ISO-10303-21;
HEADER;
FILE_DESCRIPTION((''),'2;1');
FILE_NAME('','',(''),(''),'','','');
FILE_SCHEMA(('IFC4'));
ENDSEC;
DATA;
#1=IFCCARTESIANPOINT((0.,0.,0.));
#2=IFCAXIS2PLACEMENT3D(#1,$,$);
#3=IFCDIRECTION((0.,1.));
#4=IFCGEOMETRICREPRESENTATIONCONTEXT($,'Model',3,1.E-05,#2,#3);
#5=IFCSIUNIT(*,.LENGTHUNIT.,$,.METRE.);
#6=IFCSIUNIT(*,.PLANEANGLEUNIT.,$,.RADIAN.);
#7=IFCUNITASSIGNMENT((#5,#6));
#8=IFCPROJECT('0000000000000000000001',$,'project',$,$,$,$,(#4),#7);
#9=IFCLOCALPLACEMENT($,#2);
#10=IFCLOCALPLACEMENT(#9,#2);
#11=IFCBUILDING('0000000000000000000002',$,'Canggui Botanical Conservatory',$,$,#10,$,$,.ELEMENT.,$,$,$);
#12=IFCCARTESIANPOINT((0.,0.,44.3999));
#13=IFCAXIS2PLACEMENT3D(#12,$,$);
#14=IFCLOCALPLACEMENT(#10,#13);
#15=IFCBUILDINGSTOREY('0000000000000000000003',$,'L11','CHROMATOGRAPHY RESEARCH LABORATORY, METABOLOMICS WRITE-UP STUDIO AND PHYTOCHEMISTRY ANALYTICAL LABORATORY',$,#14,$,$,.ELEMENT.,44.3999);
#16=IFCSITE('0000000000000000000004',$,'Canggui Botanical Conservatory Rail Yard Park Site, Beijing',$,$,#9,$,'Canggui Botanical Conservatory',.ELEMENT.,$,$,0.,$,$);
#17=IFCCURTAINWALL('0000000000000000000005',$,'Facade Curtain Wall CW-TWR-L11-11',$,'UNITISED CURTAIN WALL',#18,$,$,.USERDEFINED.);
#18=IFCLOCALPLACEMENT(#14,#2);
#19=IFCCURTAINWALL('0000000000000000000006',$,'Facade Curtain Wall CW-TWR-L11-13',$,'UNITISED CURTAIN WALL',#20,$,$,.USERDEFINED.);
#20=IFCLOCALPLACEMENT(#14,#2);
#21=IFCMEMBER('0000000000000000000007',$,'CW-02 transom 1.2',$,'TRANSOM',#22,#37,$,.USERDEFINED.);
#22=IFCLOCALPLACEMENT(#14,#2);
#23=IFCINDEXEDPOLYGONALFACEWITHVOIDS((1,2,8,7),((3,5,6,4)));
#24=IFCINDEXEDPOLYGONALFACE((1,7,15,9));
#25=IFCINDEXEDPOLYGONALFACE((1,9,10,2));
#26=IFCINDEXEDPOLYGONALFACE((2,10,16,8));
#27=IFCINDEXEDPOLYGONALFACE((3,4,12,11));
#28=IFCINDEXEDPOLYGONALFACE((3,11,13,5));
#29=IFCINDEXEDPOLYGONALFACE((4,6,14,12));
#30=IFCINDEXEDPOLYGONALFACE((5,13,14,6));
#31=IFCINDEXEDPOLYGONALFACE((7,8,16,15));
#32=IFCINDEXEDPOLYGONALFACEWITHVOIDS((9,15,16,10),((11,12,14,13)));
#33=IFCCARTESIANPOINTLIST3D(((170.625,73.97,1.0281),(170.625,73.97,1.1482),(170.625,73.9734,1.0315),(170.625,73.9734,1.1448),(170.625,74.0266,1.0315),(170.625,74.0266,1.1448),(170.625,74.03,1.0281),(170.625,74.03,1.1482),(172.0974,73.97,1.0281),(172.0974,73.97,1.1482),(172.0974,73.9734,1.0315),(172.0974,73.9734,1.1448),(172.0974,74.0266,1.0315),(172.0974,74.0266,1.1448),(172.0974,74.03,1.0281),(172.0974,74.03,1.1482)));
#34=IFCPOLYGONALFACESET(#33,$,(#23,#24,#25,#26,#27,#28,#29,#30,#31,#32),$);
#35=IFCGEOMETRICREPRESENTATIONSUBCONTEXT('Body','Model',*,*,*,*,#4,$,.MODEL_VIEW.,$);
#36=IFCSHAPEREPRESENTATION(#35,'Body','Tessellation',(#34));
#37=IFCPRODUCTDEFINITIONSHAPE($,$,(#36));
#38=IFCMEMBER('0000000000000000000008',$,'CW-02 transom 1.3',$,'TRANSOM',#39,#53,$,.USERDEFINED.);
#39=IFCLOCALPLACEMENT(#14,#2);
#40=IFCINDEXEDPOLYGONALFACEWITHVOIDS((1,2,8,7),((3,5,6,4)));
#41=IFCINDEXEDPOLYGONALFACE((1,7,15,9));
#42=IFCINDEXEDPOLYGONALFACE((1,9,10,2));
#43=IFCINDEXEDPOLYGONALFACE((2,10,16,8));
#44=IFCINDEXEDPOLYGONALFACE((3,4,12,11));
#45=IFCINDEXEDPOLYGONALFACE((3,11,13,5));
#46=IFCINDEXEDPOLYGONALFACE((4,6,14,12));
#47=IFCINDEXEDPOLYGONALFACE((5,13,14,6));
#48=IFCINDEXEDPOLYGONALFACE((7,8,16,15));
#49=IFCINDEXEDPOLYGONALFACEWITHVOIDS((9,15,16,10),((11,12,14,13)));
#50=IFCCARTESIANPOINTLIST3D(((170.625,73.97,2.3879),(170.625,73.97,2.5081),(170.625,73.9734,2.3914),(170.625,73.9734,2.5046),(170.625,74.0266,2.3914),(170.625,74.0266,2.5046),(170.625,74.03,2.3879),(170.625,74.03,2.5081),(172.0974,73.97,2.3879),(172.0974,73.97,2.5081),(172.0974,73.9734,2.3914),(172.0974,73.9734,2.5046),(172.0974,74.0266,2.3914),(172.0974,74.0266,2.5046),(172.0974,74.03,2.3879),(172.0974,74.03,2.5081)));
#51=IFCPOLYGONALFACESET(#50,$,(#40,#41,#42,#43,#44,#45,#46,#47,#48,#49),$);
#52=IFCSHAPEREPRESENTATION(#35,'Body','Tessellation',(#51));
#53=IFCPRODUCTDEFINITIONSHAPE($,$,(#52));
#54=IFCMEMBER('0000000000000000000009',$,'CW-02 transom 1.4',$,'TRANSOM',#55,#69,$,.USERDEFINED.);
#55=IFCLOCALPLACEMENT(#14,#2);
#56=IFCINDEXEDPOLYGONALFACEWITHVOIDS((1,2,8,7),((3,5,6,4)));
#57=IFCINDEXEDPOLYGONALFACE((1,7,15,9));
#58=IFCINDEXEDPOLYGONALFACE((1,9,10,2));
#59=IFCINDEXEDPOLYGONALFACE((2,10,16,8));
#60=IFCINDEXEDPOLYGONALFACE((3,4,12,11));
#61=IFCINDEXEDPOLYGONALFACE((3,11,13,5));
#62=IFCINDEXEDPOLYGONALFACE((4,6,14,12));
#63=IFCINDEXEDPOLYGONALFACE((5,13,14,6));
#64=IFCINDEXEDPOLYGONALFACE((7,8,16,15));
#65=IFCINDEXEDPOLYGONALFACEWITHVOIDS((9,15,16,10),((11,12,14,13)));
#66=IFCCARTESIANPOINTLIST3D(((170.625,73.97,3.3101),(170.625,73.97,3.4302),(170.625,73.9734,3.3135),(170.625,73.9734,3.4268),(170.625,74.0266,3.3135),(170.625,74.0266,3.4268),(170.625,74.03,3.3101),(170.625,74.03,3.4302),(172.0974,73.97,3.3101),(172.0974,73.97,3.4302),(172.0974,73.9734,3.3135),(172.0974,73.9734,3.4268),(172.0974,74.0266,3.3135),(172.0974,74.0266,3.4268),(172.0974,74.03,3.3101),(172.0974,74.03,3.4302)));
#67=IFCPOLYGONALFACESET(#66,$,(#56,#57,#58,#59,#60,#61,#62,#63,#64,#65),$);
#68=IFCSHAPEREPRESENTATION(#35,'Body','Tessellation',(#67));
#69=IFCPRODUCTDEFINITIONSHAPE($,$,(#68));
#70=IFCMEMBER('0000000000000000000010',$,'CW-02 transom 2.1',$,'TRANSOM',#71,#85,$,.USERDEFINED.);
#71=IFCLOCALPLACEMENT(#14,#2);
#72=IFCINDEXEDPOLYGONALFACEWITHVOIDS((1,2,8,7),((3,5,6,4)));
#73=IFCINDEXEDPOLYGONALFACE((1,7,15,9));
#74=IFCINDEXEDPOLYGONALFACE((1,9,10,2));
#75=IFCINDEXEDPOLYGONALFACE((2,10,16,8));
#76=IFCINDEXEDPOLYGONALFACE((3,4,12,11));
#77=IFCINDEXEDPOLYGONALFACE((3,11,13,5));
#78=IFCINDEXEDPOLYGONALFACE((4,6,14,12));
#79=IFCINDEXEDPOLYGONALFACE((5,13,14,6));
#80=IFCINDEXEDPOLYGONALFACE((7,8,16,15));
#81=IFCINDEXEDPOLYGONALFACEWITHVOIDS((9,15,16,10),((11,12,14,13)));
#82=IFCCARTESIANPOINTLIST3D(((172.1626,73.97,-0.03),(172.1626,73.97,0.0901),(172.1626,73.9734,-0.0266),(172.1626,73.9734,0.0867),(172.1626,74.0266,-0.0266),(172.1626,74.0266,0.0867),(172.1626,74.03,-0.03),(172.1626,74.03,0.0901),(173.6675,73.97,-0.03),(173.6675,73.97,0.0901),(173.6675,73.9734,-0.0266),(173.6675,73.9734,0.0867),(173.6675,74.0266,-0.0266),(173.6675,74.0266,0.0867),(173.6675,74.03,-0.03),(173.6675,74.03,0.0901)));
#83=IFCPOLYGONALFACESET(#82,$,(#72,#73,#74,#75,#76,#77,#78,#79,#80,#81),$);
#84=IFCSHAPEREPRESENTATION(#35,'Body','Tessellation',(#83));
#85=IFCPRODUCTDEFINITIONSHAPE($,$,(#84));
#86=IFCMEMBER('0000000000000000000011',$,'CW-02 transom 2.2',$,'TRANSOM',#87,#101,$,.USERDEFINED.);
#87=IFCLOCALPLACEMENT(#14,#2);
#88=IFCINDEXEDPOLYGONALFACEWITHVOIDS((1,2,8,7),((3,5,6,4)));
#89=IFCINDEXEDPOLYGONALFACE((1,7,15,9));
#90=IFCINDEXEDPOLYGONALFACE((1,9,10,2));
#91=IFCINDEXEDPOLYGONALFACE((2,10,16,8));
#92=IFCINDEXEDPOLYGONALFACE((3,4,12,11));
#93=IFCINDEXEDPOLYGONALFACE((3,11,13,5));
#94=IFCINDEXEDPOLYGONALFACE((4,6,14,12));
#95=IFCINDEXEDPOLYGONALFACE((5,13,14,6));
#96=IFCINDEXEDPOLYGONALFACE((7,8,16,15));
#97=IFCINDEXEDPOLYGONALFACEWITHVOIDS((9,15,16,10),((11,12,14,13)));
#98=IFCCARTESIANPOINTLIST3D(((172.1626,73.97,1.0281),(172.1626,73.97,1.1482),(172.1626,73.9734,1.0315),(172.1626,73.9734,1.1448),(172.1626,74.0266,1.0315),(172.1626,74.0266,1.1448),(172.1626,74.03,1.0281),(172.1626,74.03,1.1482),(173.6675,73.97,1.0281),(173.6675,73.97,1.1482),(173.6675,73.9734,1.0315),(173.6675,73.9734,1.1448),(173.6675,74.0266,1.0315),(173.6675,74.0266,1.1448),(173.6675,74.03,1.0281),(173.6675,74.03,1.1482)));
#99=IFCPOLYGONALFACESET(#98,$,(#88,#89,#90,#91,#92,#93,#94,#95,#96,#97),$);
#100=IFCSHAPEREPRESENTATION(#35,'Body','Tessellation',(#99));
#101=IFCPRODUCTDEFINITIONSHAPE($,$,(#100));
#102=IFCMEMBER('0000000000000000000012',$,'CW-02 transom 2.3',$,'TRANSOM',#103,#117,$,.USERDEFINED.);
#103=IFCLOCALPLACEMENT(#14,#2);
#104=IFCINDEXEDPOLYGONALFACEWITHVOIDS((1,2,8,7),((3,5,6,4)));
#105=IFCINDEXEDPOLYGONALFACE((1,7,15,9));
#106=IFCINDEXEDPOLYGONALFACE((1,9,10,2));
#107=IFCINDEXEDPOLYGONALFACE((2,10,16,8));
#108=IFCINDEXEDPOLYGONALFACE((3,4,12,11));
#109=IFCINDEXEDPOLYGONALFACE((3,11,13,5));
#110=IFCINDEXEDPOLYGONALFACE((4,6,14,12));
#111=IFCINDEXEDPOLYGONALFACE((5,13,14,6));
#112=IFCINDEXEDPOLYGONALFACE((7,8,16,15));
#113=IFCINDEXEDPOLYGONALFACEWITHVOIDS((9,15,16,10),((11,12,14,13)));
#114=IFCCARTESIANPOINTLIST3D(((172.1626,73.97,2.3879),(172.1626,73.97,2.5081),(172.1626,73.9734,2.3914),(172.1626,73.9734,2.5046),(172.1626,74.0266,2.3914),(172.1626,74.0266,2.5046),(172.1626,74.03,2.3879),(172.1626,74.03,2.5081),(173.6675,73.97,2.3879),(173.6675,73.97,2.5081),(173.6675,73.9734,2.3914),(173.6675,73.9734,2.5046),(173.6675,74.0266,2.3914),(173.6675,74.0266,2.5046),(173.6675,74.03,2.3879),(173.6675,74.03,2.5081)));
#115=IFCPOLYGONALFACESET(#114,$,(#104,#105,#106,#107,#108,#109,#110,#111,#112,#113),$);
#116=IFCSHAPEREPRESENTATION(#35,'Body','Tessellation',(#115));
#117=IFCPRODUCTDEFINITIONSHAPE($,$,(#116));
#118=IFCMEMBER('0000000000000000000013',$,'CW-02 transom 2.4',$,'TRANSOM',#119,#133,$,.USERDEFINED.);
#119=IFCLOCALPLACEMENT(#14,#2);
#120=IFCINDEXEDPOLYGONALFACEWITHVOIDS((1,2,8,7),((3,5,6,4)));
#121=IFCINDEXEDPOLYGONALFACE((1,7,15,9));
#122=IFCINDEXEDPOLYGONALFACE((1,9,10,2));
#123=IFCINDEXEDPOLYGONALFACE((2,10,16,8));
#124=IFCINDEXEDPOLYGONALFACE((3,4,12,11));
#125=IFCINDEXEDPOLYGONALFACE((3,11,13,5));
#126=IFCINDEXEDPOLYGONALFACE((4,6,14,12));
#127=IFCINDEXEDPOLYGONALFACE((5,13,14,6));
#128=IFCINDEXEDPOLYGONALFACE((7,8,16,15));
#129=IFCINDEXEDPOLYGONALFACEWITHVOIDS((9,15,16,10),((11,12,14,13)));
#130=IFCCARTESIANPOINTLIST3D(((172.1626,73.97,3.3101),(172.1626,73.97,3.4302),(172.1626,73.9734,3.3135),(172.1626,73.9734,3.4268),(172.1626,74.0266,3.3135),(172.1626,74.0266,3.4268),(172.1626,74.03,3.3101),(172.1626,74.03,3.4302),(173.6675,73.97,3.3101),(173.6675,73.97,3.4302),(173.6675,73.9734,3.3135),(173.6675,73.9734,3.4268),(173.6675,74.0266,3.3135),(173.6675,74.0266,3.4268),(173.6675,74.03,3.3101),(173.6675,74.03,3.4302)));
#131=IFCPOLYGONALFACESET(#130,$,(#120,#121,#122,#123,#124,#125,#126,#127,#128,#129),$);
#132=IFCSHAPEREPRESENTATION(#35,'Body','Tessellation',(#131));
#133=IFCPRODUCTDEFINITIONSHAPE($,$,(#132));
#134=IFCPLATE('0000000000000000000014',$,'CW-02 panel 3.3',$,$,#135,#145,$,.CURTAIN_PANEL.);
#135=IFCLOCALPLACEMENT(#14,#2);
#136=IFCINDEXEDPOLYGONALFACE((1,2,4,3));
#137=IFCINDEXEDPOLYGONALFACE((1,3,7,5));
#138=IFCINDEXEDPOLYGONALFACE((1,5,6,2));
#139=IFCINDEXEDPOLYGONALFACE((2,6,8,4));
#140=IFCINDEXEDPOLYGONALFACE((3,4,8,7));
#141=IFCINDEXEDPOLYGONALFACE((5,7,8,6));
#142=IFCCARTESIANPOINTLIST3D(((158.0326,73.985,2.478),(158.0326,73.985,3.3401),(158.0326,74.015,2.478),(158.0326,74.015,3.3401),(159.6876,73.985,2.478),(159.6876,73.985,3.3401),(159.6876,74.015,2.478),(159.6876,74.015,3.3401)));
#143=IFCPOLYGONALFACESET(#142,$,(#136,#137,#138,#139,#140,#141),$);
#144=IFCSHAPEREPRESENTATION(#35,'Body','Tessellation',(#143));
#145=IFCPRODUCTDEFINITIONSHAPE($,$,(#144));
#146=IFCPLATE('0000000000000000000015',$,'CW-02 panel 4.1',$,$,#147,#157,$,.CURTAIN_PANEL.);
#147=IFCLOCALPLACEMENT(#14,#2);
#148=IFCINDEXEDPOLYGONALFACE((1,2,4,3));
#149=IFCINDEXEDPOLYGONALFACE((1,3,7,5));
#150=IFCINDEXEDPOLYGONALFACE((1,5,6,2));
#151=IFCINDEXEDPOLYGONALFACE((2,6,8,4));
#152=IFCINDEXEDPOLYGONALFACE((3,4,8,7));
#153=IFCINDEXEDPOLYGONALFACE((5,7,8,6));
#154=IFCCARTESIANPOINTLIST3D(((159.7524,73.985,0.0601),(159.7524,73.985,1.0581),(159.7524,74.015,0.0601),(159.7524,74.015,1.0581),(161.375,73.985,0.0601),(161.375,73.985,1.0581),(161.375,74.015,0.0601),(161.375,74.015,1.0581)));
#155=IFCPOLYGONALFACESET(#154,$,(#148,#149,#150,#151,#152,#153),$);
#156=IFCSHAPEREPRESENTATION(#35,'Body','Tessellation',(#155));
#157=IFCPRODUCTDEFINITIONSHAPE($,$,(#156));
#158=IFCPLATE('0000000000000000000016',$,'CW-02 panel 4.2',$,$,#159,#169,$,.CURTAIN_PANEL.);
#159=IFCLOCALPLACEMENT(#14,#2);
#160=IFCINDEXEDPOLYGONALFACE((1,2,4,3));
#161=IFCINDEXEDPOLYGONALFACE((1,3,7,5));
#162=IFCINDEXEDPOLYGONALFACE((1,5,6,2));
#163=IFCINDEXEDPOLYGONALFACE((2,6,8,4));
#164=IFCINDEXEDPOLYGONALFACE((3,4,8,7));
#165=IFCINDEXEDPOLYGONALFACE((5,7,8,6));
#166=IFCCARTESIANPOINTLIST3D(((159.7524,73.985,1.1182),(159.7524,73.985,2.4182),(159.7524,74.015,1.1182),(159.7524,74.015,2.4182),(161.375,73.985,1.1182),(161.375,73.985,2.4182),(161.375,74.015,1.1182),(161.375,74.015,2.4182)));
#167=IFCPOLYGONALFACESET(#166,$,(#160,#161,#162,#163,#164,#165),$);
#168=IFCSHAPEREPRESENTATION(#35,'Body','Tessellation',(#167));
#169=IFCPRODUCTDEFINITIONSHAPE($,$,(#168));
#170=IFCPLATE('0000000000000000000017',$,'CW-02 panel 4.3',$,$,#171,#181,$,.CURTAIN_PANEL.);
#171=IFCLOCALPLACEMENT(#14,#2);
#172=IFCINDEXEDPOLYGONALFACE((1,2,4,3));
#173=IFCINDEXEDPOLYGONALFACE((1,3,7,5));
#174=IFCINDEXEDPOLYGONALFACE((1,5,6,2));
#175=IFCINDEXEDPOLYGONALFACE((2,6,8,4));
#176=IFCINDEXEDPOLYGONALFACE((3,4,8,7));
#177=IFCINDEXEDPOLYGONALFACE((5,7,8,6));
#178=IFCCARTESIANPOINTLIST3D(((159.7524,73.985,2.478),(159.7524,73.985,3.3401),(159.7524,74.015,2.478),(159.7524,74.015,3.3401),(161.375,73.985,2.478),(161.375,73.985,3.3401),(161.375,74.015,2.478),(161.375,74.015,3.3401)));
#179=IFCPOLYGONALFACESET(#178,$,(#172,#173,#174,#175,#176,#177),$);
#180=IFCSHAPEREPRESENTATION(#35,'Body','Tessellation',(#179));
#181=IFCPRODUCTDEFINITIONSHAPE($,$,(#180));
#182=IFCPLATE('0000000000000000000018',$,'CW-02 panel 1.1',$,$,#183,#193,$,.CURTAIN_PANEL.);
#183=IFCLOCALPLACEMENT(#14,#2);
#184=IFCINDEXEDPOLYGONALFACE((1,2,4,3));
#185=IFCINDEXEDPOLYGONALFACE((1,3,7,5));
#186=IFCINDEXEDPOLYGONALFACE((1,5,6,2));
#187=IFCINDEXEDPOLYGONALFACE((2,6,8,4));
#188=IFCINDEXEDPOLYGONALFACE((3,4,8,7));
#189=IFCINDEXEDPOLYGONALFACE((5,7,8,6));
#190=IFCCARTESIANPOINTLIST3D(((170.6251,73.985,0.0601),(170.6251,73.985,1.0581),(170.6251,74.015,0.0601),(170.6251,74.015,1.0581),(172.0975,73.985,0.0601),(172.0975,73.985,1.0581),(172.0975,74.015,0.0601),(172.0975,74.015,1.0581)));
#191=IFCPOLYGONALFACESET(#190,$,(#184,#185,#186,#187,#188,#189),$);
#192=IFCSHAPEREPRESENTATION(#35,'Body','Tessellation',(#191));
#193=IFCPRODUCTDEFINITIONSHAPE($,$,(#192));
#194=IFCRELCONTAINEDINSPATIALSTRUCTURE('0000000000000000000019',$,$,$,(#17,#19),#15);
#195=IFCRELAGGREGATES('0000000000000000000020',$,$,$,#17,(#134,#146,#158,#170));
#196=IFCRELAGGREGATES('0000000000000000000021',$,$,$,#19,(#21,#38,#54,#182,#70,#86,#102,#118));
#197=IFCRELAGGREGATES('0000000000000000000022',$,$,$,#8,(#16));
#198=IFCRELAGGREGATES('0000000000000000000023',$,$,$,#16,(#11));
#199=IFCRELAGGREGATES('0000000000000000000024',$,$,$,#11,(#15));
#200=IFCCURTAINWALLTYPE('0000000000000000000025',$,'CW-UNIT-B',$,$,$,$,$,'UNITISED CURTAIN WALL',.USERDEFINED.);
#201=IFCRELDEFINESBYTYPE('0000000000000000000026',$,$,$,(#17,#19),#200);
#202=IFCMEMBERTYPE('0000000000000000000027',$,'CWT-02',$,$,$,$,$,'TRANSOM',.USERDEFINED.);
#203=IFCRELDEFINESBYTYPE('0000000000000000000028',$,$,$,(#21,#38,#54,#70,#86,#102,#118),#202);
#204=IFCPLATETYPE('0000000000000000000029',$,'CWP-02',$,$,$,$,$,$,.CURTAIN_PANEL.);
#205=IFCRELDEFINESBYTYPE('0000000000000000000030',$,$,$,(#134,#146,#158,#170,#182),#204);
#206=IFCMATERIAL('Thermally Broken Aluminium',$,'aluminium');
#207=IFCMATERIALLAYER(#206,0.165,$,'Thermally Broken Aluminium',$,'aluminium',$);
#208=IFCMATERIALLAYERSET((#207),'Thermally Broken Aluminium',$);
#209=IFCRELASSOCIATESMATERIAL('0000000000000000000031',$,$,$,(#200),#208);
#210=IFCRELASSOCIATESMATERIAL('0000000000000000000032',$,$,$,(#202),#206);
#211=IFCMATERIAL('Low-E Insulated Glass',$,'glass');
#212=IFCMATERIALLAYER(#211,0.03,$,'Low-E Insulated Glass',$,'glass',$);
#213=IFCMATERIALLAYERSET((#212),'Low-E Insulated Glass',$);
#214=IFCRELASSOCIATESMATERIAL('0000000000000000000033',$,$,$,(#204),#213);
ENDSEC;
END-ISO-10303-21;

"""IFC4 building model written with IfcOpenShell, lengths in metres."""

from ifc_helpers import new_model, si_unit, direction, frame, origin, origin_2d, place, context, subcontext, project, spatial, rectangle, hollow_rectangle, extrude, material, layer, layer_set, material_profile, profile_set, type_object, element, aggregate, save


model = new_model("IFC4")

# Units and contexts
model_context = context("Model", 3, precision=1e-05, world=origin(), true_north=direction((0.0, 1.0)))
body_context = subcontext(model_context, "Body", "Model", "MODEL_VIEW")
ifc_project = project(units=[si_unit("LENGTHUNIT", "METRE"), si_unit("PLANEANGLEUNIT", "RADIAN")], contexts=[model_context])

# Site, building, storey
site_placement = place(None, origin())
site = spatial("IfcSite", under=ifc_project, at=site_placement, Name="Canggui Botanical Conservatory Rail Yard Park Site, Beijing", LongName="Canggui Botanical Conservatory", CompositionType="ELEMENT", RefElevation=0.0)
building_placement = place(site_placement, origin())
building = spatial("IfcBuilding", under=site, at=building_placement, Name="Canggui Botanical Conservatory", CompositionType="ELEMENT")
storey_placement = place(building_placement, frame((0.0, 0.0, 44.3999)))
storey = spatial("IfcBuildingStorey", under=building, at=storey_placement, Name="L11", Description="CHROMATOGRAPHY RESEARCH LABORATORY, METABOLOMICS WRITE-UP STUDIO AND PHYTOCHEMISTRY ANALYTICAL LABORATORY", CompositionType="ELEMENT", Elevation=44.3999)

# Curtain walls
ifc_material_1 = material(Name="Thermally Broken Aluminium", Category="aluminium")
ifc_layer_1 = layer(ifc_material_1, 0.165, Name="Thermally Broken Aluminium", Category="aluminium")
ifc_layer_set_1 = layer_set([ifc_layer_1], Name="Thermally Broken Aluminium")
curtain_wall_type = type_object("IfcCurtainWallType", Name="CW-UNIT-B", ElementType="UNITISED CURTAIN WALL", PredefinedType="USERDEFINED", material=ifc_layer_set_1)
curtain_wall_1_placement = place(storey_placement, origin())
curtain_wall_1 = element("IfcCurtainWall", 1, at=curtain_wall_1_placement, inside=storey, type_object=curtain_wall_type, Name="Facade Curtain Wall CW-TWR-L11-11", ObjectType="UNITISED CURTAIN WALL", PredefinedType="USERDEFINED")
curtain_wall_2_placement = place(storey_placement, origin())
curtain_wall_2 = element("IfcCurtainWall", 2, at=curtain_wall_2_placement, inside=storey, type_object=curtain_wall_type, Name="Facade Curtain Wall CW-TWR-L11-13", ObjectType="UNITISED CURTAIN WALL", PredefinedType="USERDEFINED")

# Members
ifc_material_profile_1 = material_profile(ifc_material_1, hollow_rectangle(XDim=0.0601, YDim=0.1201, WallThickness=0.0034, at=origin_2d()), Name="CWT 60x120x3.5")
ifc_profile_set_1 = profile_set([ifc_material_profile_1], Name="Thermally Broken Aluminium")
member_type_1 = type_object("IfcMemberType", Name="CWT-02", ElementType="TRANSOM", PredefinedType="USERDEFINED", material=ifc_profile_set_1)
member_1_placement = place(storey_placement, frame((170.625, 74.0, 1.0881), z_axis=(1.0, 0.0, 0.0), x_axis=(0.0, 1.0, 0.0)))
member_1 = element("IfcMember", 3, at=member_1_placement, type_object=member_type_1, Name="CW-02 transom 1.2", ObjectType="TRANSOM", PredefinedType="USERDEFINED", context=body_context, shape_type="SweptSolid", body=[
    extrude(hollow_rectangle(XDim=0.0601, YDim=0.1201, WallThickness=0.0034, at=origin_2d()), origin(), (0.0, 0.0, 1.0), 1.4724),
])
member_2_placement = place(storey_placement, frame((170.625, 74.0, 2.448), z_axis=(1.0, 0.0, 0.0), x_axis=(0.0, 1.0, 0.0)))
member_2 = element("IfcMember", 4, at=member_2_placement, type_object=member_type_1, Name="CW-02 transom 1.3", ObjectType="TRANSOM", PredefinedType="USERDEFINED", context=body_context, shape_type="SweptSolid", body=[
    extrude(hollow_rectangle(XDim=0.0601, YDim=0.1201, WallThickness=0.0034, at=origin_2d()), origin(), (0.0, 0.0, 1.0), 1.4724),
])
member_3_placement = place(storey_placement, frame((170.625, 74.0, 3.3701), z_axis=(1.0, 0.0, 0.0), x_axis=(0.0, 1.0, 0.0)))
member_3 = element("IfcMember", 5, at=member_3_placement, type_object=member_type_1, Name="CW-02 transom 1.4", ObjectType="TRANSOM", PredefinedType="USERDEFINED", context=body_context, shape_type="SweptSolid", body=[
    extrude(hollow_rectangle(XDim=0.0601, YDim=0.1201, WallThickness=0.0034, at=origin_2d()), origin(), (0.0, 0.0, 1.0), 1.4724),
])
member_4_placement = place(storey_placement, frame((172.1626, 74.0, 0.03), z_axis=(1.0, 0.0, 0.0), x_axis=(0.0, 1.0, 0.0)))
member_4 = element("IfcMember", 6, at=member_4_placement, type_object=member_type_1, Name="CW-02 transom 2.1", ObjectType="TRANSOM", PredefinedType="USERDEFINED", context=body_context, shape_type="SweptSolid", body=[
    extrude(hollow_rectangle(XDim=0.0601, YDim=0.1201, WallThickness=0.0034, at=origin_2d()), origin(), (0.0, 0.0, 1.0), 1.5049),
])
member_5_placement = place(storey_placement, frame((172.1626, 74.0, 1.0881), z_axis=(1.0, 0.0, 0.0), x_axis=(0.0, 1.0, 0.0)))
member_5 = element("IfcMember", 7, at=member_5_placement, type_object=member_type_1, Name="CW-02 transom 2.2", ObjectType="TRANSOM", PredefinedType="USERDEFINED", context=body_context, shape_type="SweptSolid", body=[
    extrude(hollow_rectangle(XDim=0.0601, YDim=0.1201, WallThickness=0.0034, at=origin_2d()), origin(), (0.0, 0.0, 1.0), 1.5049),
])
member_6_placement = place(storey_placement, frame((172.1626, 74.0, 2.448), z_axis=(1.0, 0.0, 0.0), x_axis=(0.0, 1.0, 0.0)))
member_6 = element("IfcMember", 8, at=member_6_placement, type_object=member_type_1, Name="CW-02 transom 2.3", ObjectType="TRANSOM", PredefinedType="USERDEFINED", context=body_context, shape_type="SweptSolid", body=[
    extrude(hollow_rectangle(XDim=0.0601, YDim=0.1201, WallThickness=0.0034, at=origin_2d()), origin(), (0.0, 0.0, 1.0), 1.5049),
])
member_7_placement = place(storey_placement, frame((172.1626, 74.0, 3.3701), z_axis=(1.0, 0.0, 0.0), x_axis=(0.0, 1.0, 0.0)))
member_7 = element("IfcMember", 9, at=member_7_placement, type_object=member_type_1, Name="CW-02 transom 2.4", ObjectType="TRANSOM", PredefinedType="USERDEFINED", context=body_context, shape_type="SweptSolid", body=[
    extrude(hollow_rectangle(XDim=0.0601, YDim=0.1201, WallThickness=0.0034, at=origin_2d()), origin(), (0.0, 0.0, 1.0), 1.5049),
])

# Plates
ifc_material_2 = material(Name="Low-E Insulated Glass", Category="glass")
ifc_layer_2 = layer(ifc_material_2, 0.03, Name="Low-E Insulated Glass", Category="glass")
ifc_layer_set_2 = layer_set([ifc_layer_2], Name="Low-E Insulated Glass")
plate_type = type_object("IfcPlateType", Name="CWP-02", PredefinedType="CURTAIN_PANEL", material=ifc_layer_set_2)
plate_1_placement = place(storey_placement, frame((158.8601, 74.0, 2.478), z_axis=(0.0, 0.0, 1.0), x_axis=(1.0, 0.0, 0.0)))
plate_1 = element("IfcPlate", 10, at=plate_1_placement, type_object=plate_type, Name="CW-02 panel 3.3", PredefinedType="CURTAIN_PANEL", context=body_context, shape_type="SweptSolid", body=[
    extrude(rectangle(XDim=1.655, YDim=0.03, at=origin_2d()), origin(), (0.0, 0.0, 1.0), 0.8621),
])
plate_2_placement = place(storey_placement, frame((160.5637, 74.0, 0.0601), z_axis=(0.0, 0.0, 1.0), x_axis=(1.0, 0.0, 0.0)))
plate_2 = element("IfcPlate", 11, at=plate_2_placement, type_object=plate_type, Name="CW-02 panel 4.1", PredefinedType="CURTAIN_PANEL", context=body_context, shape_type="SweptSolid", body=[
    extrude(rectangle(XDim=1.6226, YDim=0.03, at=origin_2d()), origin(), (0.0, 0.0, 1.0), 0.998),
])
plate_3_placement = place(storey_placement, frame((160.5637, 74.0, 1.1182), z_axis=(0.0, 0.0, 1.0), x_axis=(1.0, 0.0, 0.0)))
plate_3 = element("IfcPlate", 12, at=plate_3_placement, type_object=plate_type, Name="CW-02 panel 4.2", PredefinedType="CURTAIN_PANEL", context=body_context, shape_type="SweptSolid", body=[
    extrude(rectangle(XDim=1.6226, YDim=0.03, at=origin_2d()), origin(), (0.0, 0.0, 1.0), 1.3),
])
plate_4_placement = place(storey_placement, frame((160.5637, 74.0, 2.478), z_axis=(0.0, 0.0, 1.0), x_axis=(1.0, 0.0, 0.0)))
plate_4 = element("IfcPlate", 13, at=plate_4_placement, type_object=plate_type, Name="CW-02 panel 4.3", PredefinedType="CURTAIN_PANEL", context=body_context, shape_type="SweptSolid", body=[
    extrude(rectangle(XDim=1.6226, YDim=0.03, at=origin_2d()), origin(), (0.0, 0.0, 1.0), 0.8621),
])
aggregate(curtain_wall_1, [plate_1, plate_2, plate_3, plate_4])
plate_5_placement = place(storey_placement, frame((171.3613, 74.0, 0.0601), z_axis=(0.0, 0.0, 1.0), x_axis=(1.0, 0.0, 0.0)))
plate_5 = element("IfcPlate", 14, at=plate_5_placement, type_object=plate_type, Name="CW-02 panel 1.1", PredefinedType="CURTAIN_PANEL", context=body_context, shape_type="SweptSolid", body=[
    extrude(rectangle(XDim=1.4724, YDim=0.03, at=origin_2d()), origin(), (0.0, 0.0, 1.0), 0.998),
])
aggregate(curtain_wall_2, [member_1, member_2, member_3, plate_5, member_4, member_5, member_6, member_7])

save(model, "model.ifc")
